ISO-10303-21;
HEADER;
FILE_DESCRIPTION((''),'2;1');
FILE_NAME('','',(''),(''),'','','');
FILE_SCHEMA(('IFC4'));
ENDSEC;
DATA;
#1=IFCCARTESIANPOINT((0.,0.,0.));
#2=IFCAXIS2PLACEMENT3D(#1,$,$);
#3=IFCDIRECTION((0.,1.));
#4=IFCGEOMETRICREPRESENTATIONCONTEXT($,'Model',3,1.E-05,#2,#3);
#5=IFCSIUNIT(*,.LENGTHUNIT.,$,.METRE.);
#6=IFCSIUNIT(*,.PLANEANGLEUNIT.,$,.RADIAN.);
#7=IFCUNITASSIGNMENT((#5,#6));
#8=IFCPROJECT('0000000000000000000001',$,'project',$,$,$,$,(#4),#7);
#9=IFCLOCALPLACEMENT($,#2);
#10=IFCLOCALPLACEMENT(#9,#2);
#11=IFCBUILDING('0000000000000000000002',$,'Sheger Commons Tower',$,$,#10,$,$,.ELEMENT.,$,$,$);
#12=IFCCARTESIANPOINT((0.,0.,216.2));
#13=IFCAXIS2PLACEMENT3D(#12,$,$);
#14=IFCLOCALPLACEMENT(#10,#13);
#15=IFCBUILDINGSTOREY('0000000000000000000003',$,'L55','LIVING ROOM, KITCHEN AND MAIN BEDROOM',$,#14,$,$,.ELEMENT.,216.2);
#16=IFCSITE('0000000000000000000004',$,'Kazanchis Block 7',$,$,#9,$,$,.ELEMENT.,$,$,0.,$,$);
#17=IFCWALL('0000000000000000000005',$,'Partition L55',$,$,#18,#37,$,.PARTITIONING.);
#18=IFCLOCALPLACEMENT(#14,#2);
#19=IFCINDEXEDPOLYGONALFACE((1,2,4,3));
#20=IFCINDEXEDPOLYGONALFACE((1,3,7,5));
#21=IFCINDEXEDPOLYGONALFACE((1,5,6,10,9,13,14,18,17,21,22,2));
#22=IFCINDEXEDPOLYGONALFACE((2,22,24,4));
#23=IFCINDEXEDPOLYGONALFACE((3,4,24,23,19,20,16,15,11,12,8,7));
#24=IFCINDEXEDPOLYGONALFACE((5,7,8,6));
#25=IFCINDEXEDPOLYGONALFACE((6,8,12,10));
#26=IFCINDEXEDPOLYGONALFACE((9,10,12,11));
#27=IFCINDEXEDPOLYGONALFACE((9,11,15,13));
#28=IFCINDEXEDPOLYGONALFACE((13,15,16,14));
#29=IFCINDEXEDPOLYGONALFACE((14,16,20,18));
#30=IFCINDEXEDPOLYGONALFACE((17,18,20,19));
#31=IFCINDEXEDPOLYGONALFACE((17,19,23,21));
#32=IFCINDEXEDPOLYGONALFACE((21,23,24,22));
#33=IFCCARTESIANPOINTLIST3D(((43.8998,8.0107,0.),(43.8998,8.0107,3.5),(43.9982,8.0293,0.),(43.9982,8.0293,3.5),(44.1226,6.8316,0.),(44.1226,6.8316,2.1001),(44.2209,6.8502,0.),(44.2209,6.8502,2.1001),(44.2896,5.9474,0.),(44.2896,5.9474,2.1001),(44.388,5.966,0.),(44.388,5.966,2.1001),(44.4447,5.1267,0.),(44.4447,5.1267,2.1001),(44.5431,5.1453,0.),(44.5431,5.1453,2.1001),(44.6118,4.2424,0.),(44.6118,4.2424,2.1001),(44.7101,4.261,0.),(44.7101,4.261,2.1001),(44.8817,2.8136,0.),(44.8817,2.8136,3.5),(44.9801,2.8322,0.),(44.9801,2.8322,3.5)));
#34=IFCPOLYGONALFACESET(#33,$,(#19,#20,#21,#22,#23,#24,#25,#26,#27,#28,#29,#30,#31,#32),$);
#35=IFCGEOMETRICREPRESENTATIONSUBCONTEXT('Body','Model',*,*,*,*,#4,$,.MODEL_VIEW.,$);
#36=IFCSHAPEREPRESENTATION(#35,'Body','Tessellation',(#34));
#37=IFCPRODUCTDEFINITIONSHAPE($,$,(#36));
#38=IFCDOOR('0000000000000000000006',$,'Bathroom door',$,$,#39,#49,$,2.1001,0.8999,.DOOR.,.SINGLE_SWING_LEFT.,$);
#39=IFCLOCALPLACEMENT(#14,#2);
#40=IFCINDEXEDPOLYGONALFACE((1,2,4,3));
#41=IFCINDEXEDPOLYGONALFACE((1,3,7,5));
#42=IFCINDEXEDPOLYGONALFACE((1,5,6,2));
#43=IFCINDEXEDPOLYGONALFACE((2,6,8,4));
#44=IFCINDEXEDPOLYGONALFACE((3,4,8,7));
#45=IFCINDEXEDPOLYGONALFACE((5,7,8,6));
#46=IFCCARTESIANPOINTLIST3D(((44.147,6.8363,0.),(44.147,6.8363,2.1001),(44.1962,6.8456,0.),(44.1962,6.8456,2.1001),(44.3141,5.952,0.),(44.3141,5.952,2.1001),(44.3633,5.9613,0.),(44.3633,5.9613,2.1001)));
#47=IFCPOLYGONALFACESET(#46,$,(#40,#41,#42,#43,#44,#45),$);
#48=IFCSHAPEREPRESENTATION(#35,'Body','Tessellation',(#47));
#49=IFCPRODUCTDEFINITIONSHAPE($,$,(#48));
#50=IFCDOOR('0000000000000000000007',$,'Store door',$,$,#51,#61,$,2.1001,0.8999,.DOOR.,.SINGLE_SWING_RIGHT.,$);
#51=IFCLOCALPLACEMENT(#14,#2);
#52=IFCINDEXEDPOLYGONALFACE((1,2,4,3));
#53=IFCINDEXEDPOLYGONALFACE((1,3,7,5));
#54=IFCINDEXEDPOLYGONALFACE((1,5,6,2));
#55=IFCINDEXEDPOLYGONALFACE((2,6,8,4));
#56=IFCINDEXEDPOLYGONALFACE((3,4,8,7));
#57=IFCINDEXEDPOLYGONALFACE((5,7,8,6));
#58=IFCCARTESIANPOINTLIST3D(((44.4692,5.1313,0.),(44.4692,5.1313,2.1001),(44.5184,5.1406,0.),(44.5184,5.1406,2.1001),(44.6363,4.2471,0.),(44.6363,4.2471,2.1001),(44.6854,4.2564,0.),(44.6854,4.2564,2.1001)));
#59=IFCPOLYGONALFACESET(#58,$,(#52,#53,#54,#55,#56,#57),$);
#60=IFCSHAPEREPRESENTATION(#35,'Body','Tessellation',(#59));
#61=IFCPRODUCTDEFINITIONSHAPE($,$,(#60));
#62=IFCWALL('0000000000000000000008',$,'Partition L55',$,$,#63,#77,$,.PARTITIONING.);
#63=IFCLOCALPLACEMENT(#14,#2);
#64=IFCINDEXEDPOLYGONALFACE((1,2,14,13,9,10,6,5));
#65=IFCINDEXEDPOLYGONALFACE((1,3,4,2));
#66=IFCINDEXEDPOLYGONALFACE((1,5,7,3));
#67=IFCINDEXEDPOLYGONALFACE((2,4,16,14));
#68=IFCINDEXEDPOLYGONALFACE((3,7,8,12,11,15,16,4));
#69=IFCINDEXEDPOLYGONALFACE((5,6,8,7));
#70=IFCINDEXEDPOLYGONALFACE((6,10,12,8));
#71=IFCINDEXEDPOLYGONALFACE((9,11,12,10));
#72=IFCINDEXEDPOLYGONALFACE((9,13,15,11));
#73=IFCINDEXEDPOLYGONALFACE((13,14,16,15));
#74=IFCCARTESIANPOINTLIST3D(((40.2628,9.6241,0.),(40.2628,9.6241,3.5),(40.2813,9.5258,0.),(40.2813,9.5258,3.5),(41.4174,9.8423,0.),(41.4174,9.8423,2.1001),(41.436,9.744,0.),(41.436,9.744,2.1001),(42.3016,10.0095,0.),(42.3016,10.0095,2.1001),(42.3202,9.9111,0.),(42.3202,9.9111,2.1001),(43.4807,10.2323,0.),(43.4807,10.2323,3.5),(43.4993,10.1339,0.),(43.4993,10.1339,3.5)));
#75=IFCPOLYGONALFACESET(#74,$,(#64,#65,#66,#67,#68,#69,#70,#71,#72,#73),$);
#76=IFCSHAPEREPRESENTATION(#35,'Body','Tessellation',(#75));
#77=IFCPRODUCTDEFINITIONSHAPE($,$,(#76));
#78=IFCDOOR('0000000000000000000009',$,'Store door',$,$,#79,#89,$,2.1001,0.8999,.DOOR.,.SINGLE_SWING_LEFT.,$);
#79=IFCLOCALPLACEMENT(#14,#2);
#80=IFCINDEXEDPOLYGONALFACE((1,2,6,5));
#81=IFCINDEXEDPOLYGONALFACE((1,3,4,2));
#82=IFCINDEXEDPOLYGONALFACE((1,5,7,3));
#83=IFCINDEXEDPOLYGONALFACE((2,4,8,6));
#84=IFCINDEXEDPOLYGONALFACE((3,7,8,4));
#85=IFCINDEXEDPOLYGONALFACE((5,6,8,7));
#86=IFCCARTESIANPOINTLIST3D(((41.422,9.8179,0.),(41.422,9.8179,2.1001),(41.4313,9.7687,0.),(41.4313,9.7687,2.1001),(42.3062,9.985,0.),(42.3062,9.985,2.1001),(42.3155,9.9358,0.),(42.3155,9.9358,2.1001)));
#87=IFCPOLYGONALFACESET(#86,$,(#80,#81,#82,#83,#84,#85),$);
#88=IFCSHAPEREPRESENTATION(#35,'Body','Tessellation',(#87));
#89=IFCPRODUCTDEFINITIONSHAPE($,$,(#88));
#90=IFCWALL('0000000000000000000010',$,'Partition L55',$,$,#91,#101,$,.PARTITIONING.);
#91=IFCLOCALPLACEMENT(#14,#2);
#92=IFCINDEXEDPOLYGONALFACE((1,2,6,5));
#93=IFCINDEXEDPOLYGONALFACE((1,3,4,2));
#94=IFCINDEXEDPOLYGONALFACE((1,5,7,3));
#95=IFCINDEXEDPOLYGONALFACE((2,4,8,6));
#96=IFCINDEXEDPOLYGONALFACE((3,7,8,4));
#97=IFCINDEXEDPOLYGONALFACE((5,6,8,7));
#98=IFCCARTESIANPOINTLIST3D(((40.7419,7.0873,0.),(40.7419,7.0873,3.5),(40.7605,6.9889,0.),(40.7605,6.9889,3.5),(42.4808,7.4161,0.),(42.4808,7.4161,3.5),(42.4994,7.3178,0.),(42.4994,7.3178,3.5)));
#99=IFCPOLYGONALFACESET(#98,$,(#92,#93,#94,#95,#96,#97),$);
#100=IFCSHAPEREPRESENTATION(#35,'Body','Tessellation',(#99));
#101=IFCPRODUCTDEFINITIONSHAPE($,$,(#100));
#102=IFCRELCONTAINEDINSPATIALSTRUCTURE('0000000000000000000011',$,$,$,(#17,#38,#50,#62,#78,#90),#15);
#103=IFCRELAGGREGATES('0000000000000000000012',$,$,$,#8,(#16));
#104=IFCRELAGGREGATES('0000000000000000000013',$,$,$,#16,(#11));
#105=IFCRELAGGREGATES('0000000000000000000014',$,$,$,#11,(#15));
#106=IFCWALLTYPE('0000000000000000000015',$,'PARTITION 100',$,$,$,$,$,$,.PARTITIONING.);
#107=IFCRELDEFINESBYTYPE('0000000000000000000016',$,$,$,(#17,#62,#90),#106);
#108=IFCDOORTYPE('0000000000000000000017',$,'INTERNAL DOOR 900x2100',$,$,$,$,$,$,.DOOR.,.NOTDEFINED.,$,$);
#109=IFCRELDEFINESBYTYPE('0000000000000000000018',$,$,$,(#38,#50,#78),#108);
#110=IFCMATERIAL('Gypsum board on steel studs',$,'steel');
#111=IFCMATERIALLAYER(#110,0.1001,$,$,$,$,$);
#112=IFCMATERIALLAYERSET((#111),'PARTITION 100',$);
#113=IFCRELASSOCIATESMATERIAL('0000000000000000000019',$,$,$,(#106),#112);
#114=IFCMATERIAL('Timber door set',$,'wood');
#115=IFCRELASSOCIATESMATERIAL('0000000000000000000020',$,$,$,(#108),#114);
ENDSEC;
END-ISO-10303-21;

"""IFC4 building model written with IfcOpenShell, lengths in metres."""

from ifc_helpers import new_model, si_unit, direction, frame, frame_2d, origin, place, context, subcontext, project, spatial, rectangle, extrude, material, layer, layer_set, type_object, element, fill, save


model = new_model("IFC4")

# Units and contexts
model_context = context("Model", 3, precision=1e-05, world=origin(), true_north=direction((0.0, 1.0)))
body_context = subcontext(model_context, "Body", "Model", "MODEL_VIEW")
ifc_project = project(units=[si_unit("LENGTHUNIT", "METRE"), si_unit("PLANEANGLEUNIT", "RADIAN")], contexts=[model_context])

# Site, building, storey
site_placement = place(None, origin())
site = spatial("IfcSite", under=ifc_project, at=site_placement, Name="Kazanchis Block 7", CompositionType="ELEMENT", RefElevation=0.0)
building_placement = place(site_placement, origin())
building = spatial("IfcBuilding", under=site, at=building_placement, Name="Sheger Commons Tower", CompositionType="ELEMENT")
storey_placement = place(building_placement, frame((0.0, 0.0, 216.2)))
storey = spatial("IfcBuildingStorey", under=building, at=storey_placement, Name="L55", Description="LIVING ROOM, KITCHEN AND MAIN BEDROOM", CompositionType="ELEMENT", Elevation=216.2)

# Shared definitions
ifc_material_1 = material(Name="Gypsum board on steel studs", Category="steel")
ifc_layer_1 = layer(ifc_material_1, 0.1001)
ifc_layer_set_1 = layer_set([ifc_layer_1], Name="PARTITION 100")
wall_type_1 = type_object("IfcWallType", Name="PARTITION 100", PredefinedType="PARTITIONING", material=ifc_layer_set_1)
ifc_material_2 = material(Name="Timber door set", Category="wood")
door_type_1 = type_object("IfcDoorType", Name="INTERNAL DOOR 900x2100", OperationType="NOTDEFINED", PredefinedType="DOOR", material=ifc_material_2)

# Wall, openings, doors
wall_1_placement = place(storey_placement, frame((43.949, 8.02, 0.0), z_axis=(0.0, 0.0, 1.0), x_axis=(0.185657, -0.982615, 0.0)))
wall_1 = element("IfcWall", 1, at=wall_1_placement, inside=storey, type_object=wall_type_1, Name="Partition L55", PredefinedType="PARTITIONING", context=body_context, shape_type="SweptSolid", body=[
    extrude(rectangle(XDim=5.2891, YDim=0.1001, at=frame_2d((2.6445, 0.0))), origin(), (0.0, 0.0, 1.0), 3.5),
])
opening_1_placement = place(wall_1_placement, frame((1.2, 0.0, 0.0)))
opening_1 = element("IfcOpeningElement", 2, at=opening_1_placement, cuts=wall_1, PredefinedType="OPENING", context=body_context, shape_type="SweptSolid", body=[
    extrude(rectangle(XDim=0.8999, YDim=2.1001, at=frame_2d((0.45, 1.05))), frame((0.0, 0.0601, 0.0), z_axis=(0.0, -1.0, 0.0), x_axis=(1.0, 0.0, 0.0)), (0.0, 0.0, 1.0), 0.1201),
])
opening_2_placement = place(wall_1_placement, frame((2.9351, 0.0, 0.0)))
opening_2 = element("IfcOpeningElement", 3, at=opening_2_placement, cuts=wall_1, PredefinedType="OPENING", context=body_context, shape_type="SweptSolid", body=[
    extrude(rectangle(XDim=0.8999, YDim=2.1001, at=frame_2d((0.45, 1.05))), frame((0.0, 0.0601, 0.0), z_axis=(0.0, -1.0, 0.0), x_axis=(1.0, 0.0, 0.0)), (0.0, 0.0, 1.0), 0.1201),
])
door_1_placement = place(opening_1_placement, origin())
door_1 = element("IfcDoor", 4, at=door_1_placement, inside=storey, type_object=door_type_1, Name="Bathroom door", OperationType="SINGLE_SWING_LEFT", OverallHeight=2.1001, OverallWidth=0.8999, PredefinedType="DOOR", context=body_context, shape_type="SweptSolid", body=[
    extrude(rectangle(XDim=0.8999, YDim=2.1001, at=frame_2d((0.45, 1.05))), frame((0.0, 0.0249, 0.0), z_axis=(0.0, -1.0, 0.0), x_axis=(1.0, 0.0, 0.0)), (0.0, 0.0, 1.0), 0.05),
])
fill(opening_1, door_1)
door_2_placement = place(opening_2_placement, origin())
door_2 = element("IfcDoor", 5, at=door_2_placement, inside=storey, type_object=door_type_1, Name="Store door", OperationType="SINGLE_SWING_RIGHT", OverallHeight=2.1001, OverallWidth=0.8999, PredefinedType="DOOR", context=body_context, shape_type="SweptSolid", body=[
    extrude(rectangle(XDim=0.8999, YDim=2.1001, at=frame_2d((0.45, 1.05))), frame((0.0, 0.0249, 0.0), z_axis=(0.0, -1.0, 0.0), x_axis=(1.0, 0.0, 0.0)), (0.0, 0.0, 1.0), 0.05),
])
fill(opening_2, door_2)

# Wall, opening, door
wall_2_placement = place(storey_placement, frame((43.49, 10.1831, 0.0), z_axis=(0.0, 0.0, 1.0), x_axis=(-0.982607, -0.185697, 0.0)))
wall_2 = element("IfcWall", 6, at=wall_2_placement, inside=storey, type_object=wall_type_1, Name="Partition L55", PredefinedType="PARTITIONING", context=body_context, shape_type="SweptSolid", body=[
    extrude(rectangle(XDim=3.2749, YDim=0.1001, at=frame_2d((1.6375, 0.0))), origin(), (0.0, 0.0, 1.0), 3.5),
])
opening_3_placement = place(wall_2_placement, frame((1.2, 0.0, 0.0)))
opening_3 = element("IfcOpeningElement", 7, at=opening_3_placement, cuts=wall_2, PredefinedType="OPENING", context=body_context, shape_type="SweptSolid", body=[
    extrude(rectangle(XDim=0.8999, YDim=2.1001, at=frame_2d((0.45, 1.05))), frame((0.0, 0.0601, 0.0), z_axis=(0.0, -1.0, 0.0), x_axis=(1.0, 0.0, 0.0)), (0.0, 0.0, 1.0), 0.1201),
])
door_3_placement = place(opening_3_placement, origin())
door_3 = element("IfcDoor", 8, at=door_3_placement, inside=storey, type_object=door_type_1, Name="Store door", OperationType="SINGLE_SWING_LEFT", OverallHeight=2.1001, OverallWidth=0.8999, PredefinedType="DOOR", context=body_context, shape_type="SweptSolid", body=[
    extrude(rectangle(XDim=0.8999, YDim=2.1001, at=frame_2d((0.45, 1.05))), frame((0.0, 0.0249, 0.0), z_axis=(0.0, -1.0, 0.0), x_axis=(1.0, 0.0, 0.0)), (0.0, 0.0, 1.0), 0.05),
])
fill(opening_3, door_3)

# Wall
wall_3_placement = place(storey_placement, frame((42.49, 7.3669, 0.0), z_axis=(0.0, 0.0, 1.0), x_axis=(-0.982585, -0.185812, 0.0)))
element("IfcWall", 9, at=wall_3_placement, inside=storey, type_object=wall_type_1, Name="Partition L55", PredefinedType="PARTITIONING", context=body_context, shape_type="SweptSolid", body=[
    extrude(rectangle(XDim=1.7698, YDim=0.1001, at=frame_2d((0.8848, 0.0))), origin(), (0.0, 0.0, 1.0), 3.5),
])

save(model, "model.ifc")
